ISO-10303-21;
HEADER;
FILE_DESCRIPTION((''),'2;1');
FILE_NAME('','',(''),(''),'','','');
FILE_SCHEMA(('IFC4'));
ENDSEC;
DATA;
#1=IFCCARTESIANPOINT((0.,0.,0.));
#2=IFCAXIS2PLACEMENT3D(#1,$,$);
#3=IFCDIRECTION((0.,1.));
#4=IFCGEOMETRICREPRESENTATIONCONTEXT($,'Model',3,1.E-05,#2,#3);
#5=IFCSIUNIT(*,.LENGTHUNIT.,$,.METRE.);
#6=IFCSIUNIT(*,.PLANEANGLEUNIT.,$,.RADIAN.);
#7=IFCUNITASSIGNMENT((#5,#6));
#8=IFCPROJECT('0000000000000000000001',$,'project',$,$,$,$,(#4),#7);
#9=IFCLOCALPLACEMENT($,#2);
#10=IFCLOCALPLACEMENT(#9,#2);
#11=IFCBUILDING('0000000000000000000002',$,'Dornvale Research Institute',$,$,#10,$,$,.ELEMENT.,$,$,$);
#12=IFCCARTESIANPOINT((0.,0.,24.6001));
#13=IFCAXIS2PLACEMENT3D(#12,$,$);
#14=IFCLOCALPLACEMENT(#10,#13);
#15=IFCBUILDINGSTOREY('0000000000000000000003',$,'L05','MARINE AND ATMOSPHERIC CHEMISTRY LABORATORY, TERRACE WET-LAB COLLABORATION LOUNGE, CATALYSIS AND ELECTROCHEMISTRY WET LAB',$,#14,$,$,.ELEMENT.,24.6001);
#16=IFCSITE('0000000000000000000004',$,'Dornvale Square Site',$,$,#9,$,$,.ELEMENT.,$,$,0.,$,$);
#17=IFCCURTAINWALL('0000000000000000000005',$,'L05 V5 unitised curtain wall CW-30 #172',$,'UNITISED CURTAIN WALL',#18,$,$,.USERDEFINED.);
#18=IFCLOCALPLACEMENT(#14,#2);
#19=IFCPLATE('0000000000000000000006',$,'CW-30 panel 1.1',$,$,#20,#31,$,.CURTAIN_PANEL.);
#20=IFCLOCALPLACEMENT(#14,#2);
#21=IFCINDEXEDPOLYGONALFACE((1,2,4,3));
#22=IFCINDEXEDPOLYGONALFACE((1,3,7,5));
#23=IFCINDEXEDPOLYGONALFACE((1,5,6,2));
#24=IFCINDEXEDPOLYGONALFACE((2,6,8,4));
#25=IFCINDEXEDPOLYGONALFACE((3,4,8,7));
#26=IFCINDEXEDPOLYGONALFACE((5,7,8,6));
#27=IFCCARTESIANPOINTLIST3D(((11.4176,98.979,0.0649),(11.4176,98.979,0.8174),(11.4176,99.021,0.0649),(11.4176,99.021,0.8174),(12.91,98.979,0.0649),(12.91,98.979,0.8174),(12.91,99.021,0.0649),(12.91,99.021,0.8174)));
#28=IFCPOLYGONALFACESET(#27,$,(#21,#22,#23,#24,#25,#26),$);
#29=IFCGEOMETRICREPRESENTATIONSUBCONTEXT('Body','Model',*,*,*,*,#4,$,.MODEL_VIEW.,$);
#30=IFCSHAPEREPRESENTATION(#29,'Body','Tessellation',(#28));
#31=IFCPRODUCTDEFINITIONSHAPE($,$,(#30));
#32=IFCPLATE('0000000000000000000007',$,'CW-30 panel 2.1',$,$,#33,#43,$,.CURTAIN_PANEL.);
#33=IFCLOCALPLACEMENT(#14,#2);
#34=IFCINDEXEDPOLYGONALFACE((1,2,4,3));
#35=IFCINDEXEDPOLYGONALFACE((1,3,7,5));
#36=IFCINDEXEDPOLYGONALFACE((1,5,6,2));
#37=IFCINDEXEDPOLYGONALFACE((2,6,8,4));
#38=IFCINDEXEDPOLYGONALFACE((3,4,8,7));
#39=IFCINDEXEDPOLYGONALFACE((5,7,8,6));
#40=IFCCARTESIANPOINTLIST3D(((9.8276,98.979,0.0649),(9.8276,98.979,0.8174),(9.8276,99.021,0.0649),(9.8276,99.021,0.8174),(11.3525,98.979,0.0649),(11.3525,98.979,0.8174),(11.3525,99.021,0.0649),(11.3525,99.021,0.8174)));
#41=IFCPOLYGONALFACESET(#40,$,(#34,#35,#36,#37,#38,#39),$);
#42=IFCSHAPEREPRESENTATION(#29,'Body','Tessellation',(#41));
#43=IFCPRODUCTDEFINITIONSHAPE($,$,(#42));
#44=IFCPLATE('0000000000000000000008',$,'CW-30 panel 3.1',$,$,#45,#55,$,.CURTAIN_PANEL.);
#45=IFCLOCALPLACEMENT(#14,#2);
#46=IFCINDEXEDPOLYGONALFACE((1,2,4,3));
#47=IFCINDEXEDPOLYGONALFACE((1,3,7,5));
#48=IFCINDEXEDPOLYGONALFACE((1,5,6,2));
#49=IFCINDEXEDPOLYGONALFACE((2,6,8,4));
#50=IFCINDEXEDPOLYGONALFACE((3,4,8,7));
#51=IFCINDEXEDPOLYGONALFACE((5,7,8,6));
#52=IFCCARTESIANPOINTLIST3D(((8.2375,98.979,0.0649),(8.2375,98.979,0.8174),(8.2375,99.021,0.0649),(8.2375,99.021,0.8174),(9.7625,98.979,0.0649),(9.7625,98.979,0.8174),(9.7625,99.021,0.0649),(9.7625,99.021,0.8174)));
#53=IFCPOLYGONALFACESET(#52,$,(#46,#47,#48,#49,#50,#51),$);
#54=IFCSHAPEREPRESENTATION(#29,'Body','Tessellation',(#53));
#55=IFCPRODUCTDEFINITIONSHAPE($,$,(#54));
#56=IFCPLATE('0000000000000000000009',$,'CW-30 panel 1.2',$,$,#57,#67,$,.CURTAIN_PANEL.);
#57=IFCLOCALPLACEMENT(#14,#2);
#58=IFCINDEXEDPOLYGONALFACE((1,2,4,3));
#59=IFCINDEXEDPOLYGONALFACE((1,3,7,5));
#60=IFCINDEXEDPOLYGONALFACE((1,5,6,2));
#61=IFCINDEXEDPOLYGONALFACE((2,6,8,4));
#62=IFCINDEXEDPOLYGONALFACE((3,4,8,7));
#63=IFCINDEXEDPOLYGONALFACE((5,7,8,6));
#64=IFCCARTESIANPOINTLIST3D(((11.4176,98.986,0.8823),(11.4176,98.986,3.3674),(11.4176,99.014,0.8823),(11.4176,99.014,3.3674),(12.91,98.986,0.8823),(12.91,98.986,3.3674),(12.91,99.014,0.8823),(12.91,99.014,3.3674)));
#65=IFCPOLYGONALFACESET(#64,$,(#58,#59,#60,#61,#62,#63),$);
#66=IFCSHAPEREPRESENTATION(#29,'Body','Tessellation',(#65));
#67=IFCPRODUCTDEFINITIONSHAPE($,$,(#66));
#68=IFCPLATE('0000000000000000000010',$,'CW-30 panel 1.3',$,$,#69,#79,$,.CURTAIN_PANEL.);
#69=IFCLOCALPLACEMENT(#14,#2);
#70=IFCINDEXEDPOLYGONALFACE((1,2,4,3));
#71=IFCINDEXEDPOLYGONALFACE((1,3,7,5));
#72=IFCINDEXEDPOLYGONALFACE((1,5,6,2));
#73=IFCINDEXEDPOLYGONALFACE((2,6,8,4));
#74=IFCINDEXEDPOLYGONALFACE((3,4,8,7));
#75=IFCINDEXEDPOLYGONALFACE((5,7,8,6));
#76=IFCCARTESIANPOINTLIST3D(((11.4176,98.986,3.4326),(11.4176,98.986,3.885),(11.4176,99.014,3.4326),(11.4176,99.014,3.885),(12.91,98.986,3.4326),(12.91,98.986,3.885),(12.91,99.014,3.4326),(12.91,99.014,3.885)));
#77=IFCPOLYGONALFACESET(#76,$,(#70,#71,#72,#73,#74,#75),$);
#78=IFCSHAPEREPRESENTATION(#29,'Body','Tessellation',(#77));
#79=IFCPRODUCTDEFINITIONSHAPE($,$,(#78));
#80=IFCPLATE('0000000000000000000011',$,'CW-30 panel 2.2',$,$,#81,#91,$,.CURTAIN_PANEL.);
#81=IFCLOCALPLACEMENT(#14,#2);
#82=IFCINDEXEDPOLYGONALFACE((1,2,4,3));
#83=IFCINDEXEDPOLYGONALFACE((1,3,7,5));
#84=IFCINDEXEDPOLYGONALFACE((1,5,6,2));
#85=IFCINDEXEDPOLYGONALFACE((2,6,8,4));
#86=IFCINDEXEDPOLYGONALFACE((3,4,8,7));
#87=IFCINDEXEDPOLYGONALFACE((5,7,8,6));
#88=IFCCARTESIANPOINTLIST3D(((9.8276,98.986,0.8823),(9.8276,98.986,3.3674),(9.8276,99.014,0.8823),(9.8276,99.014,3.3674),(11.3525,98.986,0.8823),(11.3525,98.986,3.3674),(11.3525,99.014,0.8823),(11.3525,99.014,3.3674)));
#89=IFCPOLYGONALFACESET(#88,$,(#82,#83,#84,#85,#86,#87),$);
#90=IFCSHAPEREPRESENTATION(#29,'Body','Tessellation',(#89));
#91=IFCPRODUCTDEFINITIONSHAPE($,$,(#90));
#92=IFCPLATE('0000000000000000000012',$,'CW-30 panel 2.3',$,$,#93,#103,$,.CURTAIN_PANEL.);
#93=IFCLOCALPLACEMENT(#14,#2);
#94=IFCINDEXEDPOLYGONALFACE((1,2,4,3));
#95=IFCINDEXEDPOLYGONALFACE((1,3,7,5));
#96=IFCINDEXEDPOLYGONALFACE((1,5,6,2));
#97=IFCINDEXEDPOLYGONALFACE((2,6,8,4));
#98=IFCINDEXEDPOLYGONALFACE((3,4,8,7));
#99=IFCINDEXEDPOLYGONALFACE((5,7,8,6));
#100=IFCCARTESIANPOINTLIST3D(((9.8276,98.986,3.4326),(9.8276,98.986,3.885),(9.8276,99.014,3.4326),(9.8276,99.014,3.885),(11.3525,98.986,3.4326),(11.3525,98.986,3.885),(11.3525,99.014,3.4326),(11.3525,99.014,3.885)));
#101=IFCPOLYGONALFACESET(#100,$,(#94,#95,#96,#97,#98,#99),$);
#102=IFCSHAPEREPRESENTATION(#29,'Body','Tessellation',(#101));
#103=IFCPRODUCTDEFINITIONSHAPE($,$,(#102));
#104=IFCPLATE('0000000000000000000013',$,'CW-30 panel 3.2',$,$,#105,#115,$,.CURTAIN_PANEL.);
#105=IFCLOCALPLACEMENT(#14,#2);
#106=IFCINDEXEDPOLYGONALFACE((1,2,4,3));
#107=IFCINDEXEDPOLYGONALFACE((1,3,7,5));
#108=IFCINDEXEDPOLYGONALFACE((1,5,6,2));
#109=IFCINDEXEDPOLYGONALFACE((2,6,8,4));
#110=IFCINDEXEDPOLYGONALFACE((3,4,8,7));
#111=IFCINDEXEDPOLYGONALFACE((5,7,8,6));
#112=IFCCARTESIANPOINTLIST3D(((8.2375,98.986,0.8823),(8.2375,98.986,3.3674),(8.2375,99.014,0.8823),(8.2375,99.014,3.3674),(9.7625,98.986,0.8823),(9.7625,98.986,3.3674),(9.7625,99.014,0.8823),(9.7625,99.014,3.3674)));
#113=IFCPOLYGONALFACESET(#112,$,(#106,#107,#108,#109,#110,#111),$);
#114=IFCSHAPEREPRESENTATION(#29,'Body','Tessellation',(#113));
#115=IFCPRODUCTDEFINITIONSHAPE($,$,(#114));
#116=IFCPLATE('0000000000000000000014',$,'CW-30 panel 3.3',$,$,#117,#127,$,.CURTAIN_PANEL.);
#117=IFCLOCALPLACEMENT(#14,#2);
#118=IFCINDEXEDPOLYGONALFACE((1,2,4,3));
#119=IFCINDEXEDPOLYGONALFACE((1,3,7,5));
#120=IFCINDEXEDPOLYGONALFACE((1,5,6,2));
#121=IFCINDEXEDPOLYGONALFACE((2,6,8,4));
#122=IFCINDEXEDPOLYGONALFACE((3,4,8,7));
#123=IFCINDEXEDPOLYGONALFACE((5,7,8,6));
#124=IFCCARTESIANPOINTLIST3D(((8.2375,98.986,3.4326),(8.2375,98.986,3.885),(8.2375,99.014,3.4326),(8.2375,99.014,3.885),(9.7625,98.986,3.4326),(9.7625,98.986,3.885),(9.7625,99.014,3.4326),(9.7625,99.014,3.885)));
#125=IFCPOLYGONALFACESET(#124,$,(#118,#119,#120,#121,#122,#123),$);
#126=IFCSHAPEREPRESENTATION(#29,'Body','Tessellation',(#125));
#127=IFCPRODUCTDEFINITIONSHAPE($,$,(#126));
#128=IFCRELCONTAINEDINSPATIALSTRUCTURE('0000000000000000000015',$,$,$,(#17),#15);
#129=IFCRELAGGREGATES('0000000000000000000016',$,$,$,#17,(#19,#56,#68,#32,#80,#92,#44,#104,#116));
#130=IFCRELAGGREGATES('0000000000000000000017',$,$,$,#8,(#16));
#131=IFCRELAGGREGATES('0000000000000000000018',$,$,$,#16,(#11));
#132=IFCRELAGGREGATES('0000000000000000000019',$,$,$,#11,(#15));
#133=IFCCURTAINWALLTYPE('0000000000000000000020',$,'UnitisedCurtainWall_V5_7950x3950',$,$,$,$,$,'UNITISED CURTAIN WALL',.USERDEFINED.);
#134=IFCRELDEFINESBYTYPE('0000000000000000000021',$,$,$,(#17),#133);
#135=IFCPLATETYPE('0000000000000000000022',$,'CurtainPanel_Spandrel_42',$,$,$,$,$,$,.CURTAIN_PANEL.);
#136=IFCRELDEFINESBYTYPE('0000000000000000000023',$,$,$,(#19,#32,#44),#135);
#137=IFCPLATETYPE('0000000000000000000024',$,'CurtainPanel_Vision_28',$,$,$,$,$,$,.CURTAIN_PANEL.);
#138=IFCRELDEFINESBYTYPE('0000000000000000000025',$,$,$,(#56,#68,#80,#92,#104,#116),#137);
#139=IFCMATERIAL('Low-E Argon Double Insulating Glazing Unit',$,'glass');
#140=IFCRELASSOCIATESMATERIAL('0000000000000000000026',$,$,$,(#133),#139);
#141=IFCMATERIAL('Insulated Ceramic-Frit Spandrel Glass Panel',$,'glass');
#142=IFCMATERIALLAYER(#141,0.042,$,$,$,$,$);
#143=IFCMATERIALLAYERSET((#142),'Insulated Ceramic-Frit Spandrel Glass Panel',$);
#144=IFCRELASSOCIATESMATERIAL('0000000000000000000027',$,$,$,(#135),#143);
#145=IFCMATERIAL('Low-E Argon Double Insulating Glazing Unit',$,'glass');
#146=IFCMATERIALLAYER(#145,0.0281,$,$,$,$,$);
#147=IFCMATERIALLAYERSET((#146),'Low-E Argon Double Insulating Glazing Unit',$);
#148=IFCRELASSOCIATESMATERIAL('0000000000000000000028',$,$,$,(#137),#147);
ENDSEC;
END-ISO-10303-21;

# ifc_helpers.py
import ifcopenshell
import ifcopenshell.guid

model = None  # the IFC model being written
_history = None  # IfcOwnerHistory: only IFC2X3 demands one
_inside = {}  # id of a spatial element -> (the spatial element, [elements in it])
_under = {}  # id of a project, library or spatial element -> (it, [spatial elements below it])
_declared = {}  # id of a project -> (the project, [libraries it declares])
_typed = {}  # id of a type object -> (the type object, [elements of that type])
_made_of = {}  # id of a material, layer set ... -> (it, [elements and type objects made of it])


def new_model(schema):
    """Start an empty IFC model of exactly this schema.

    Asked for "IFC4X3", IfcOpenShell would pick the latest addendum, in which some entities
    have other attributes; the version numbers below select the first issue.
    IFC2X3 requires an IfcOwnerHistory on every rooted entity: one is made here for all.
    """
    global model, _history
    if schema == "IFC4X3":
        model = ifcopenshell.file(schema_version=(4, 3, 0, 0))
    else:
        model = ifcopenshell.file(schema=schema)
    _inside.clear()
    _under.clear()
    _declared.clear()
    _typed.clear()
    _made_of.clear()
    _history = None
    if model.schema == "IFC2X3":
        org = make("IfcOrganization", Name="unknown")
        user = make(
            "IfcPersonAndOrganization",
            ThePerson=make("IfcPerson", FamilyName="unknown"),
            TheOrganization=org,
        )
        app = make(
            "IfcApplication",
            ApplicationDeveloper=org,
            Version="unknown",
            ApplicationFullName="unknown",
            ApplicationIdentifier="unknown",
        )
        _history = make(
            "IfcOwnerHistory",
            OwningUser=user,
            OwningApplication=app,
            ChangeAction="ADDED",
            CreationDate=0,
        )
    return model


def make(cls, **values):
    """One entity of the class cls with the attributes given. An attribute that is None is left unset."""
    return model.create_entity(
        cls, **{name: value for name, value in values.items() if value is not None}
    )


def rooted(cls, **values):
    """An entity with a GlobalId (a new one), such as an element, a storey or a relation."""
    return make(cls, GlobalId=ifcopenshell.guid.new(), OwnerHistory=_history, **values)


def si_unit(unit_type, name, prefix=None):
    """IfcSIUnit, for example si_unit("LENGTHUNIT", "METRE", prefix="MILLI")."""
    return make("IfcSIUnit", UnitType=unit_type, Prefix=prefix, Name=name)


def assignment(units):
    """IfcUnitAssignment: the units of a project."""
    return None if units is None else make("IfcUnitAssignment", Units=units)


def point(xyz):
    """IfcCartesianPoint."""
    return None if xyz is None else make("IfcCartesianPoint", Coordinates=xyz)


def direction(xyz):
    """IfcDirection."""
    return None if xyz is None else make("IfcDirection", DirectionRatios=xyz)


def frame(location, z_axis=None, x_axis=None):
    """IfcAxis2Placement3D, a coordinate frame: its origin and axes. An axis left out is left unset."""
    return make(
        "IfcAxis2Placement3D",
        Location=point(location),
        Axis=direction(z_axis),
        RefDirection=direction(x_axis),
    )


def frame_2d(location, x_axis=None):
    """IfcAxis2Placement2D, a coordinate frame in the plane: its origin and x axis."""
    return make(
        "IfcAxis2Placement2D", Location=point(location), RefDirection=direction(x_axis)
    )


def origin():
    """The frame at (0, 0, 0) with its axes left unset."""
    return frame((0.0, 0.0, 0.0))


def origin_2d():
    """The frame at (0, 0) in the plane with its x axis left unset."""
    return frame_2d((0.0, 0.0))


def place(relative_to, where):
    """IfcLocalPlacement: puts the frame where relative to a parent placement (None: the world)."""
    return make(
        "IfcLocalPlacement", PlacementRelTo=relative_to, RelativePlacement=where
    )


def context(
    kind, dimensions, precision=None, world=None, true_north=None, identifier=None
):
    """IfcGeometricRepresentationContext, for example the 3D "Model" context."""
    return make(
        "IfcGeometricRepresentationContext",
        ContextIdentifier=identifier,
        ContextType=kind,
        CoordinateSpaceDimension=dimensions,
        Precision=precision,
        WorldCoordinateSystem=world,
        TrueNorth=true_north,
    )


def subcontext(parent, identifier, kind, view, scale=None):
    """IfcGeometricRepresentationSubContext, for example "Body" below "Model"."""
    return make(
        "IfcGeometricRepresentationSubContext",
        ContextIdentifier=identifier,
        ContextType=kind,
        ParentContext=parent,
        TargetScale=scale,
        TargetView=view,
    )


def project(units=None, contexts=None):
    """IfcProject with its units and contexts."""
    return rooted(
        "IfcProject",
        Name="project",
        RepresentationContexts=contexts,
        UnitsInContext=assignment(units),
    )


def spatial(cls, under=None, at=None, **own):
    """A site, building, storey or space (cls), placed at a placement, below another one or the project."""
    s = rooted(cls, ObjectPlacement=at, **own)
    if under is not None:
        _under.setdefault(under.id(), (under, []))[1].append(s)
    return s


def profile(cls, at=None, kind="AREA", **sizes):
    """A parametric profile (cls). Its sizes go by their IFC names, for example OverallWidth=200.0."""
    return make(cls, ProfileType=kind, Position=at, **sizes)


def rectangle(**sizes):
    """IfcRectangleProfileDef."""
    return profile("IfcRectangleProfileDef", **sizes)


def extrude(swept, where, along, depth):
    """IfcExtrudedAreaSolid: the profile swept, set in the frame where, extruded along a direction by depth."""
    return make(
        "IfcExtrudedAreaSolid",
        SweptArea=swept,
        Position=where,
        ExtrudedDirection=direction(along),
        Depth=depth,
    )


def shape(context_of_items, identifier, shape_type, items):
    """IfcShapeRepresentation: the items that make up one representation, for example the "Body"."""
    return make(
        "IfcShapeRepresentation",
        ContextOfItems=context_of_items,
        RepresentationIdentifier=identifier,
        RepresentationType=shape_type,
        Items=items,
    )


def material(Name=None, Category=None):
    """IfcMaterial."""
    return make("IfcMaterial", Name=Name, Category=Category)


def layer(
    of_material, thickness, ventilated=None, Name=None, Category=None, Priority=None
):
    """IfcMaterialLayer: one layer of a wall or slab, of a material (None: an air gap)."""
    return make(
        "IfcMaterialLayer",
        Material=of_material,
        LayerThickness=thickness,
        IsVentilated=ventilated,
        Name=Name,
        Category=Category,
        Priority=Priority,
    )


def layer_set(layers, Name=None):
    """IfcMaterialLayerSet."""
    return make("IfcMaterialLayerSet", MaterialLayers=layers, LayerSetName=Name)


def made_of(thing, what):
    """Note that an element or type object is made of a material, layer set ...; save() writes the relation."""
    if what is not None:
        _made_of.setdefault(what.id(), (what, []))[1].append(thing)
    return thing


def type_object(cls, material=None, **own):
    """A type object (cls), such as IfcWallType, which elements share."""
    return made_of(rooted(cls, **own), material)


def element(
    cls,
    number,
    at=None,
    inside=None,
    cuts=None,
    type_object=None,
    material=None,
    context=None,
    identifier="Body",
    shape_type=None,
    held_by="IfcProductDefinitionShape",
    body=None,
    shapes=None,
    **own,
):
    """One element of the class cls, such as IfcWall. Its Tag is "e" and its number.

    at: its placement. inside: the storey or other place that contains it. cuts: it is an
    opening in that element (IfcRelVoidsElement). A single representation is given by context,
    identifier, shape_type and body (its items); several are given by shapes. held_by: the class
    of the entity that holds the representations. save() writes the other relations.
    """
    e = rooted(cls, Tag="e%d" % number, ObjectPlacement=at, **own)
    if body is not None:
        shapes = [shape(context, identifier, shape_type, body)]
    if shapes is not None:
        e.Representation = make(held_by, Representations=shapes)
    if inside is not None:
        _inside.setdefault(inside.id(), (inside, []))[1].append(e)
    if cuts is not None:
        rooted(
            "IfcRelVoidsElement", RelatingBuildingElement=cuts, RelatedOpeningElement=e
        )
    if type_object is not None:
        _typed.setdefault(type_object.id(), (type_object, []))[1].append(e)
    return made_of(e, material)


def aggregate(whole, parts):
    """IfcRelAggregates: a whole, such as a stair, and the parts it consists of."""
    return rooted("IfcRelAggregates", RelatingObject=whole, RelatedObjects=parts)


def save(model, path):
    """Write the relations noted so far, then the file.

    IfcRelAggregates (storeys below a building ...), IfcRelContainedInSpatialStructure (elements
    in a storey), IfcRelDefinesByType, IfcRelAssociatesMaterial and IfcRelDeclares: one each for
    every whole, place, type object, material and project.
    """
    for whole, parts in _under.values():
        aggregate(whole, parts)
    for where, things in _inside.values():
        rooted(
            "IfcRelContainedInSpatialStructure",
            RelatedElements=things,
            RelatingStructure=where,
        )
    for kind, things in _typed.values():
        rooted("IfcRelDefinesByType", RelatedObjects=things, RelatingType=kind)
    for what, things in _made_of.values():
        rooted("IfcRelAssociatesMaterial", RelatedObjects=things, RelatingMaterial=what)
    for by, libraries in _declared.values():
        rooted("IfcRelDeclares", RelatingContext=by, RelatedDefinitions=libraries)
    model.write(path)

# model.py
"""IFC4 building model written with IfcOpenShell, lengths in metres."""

from ifc_helpers import new_model, si_unit, direction, frame, origin, origin_2d, place, context, subcontext, project, spatial, rectangle, extrude, material, layer, layer_set, type_object, element, aggregate, save


model = new_model("IFC4")

# Units and contexts
model_context = context("Model", 3, precision=1e-05, world=origin(), true_north=direction((0.0, 1.0)))
body_context = subcontext(model_context, "Body", "Model", "MODEL_VIEW")
ifc_project = project(units=[si_unit("LENGTHUNIT", "METRE"), si_unit("PLANEANGLEUNIT", "RADIAN")], contexts=[model_context])

# Site, building, storey
site_placement = place(None, origin())
site = spatial("IfcSite", under=ifc_project, at=site_placement, Name="Dornvale Square Site", CompositionType="ELEMENT", RefElevation=0.0)
building_placement = place(site_placement, origin())
building = spatial("IfcBuilding", under=site, at=building_placement, Name="Dornvale Research Institute", CompositionType="ELEMENT")
storey_placement = place(building_placement, frame((0.0, 0.0, 24.6001)))
storey = spatial("IfcBuildingStorey", under=building, at=storey_placement, Name="L05", Description="MARINE AND ATMOSPHERIC CHEMISTRY LABORATORY, TERRACE WET-LAB COLLABORATION LOUNGE, CATALYSIS AND ELECTROCHEMISTRY WET LAB", CompositionType="ELEMENT", Elevation=24.6001)

# Curtain wall, plates
ifc_material_1 = material(Name="Low-E Argon Double Insulating Glazing Unit", Category="glass")
curtain_wall_type = type_object("IfcCurtainWallType", Name="UnitisedCurtainWall_V5_7950x3950", ElementType="UNITISED CURTAIN WALL", PredefinedType="USERDEFINED", material=ifc_material_1)
curtain_wall_placement = place(storey_placement, origin())
curtain_wall = element("IfcCurtainWall", 1, at=curtain_wall_placement, inside=storey, type_object=curtain_wall_type, Name="L05 V5 unitised curtain wall CW-30 #172", ObjectType="UNITISED CURTAIN WALL", PredefinedType="USERDEFINED")
ifc_material_2 = material(Name="Insulated Ceramic-Frit Spandrel Glass Panel", Category="glass")
ifc_layer_1 = layer(ifc_material_2, 0.042)
ifc_layer_set_1 = layer_set([ifc_layer_1], Name="Insulated Ceramic-Frit Spandrel Glass Panel")
plate_type_1 = type_object("IfcPlateType", Name="CurtainPanel_Spandrel_42", PredefinedType="CURTAIN_PANEL", material=ifc_layer_set_1)
plate_1_placement = place(storey_placement, frame((12.1638, 99.0, 0.0649), z_axis=(0.0, 0.0, 1.0), x_axis=(-1.0, 0.0, 0.0)))
plate_1 = element("IfcPlate", 2, at=plate_1_placement, type_object=plate_type_1, Name="CW-30 panel 1.1", PredefinedType="CURTAIN_PANEL", context=body_context, shape_type="SweptSolid", body=[
    extrude(rectangle(XDim=1.4924, YDim=0.042, at=origin_2d()), origin(), (0.0, 0.0, 1.0), 0.7524),
])
plate_2_placement = place(storey_placement, frame((10.5901, 99.0, 0.0649), z_axis=(0.0, 0.0, 1.0), x_axis=(-1.0, 0.0, 0.0)))
plate_2 = element("IfcPlate", 3, at=plate_2_placement, type_object=plate_type_1, Name="CW-30 panel 2.1", PredefinedType="CURTAIN_PANEL", context=body_context, shape_type="SweptSolid", body=[
    extrude(rectangle(XDim=1.5249, YDim=0.042, at=origin_2d()), origin(), (0.0, 0.0, 1.0), 0.7524),
])
plate_3_placement = place(storey_placement, frame((9.0, 99.0, 0.0649), z_axis=(0.0, 0.0, 1.0), x_axis=(-1.0, 0.0, 0.0)))
plate_3 = element("IfcPlate", 4, at=plate_3_placement, type_object=plate_type_1, Name="CW-30 panel 3.1", PredefinedType="CURTAIN_PANEL", context=body_context, shape_type="SweptSolid", body=[
    extrude(rectangle(XDim=1.5249, YDim=0.042, at=origin_2d()), origin(), (0.0, 0.0, 1.0), 0.7524),
])
ifc_material_3 = material(Name="Low-E Argon Double Insulating Glazing Unit", Category="glass")
ifc_layer_2 = layer(ifc_material_3, 0.0281)
ifc_layer_set_2 = layer_set([ifc_layer_2], Name="Low-E Argon Double Insulating Glazing Unit")
plate_type_2 = type_object("IfcPlateType", Name="CurtainPanel_Vision_28", PredefinedType="CURTAIN_PANEL", material=ifc_layer_set_2)
plate_4_placement = place(storey_placement, frame((12.1638, 99.0, 0.8823), z_axis=(0.0, 0.0, 1.0), x_axis=(-1.0, 0.0, 0.0)))
plate_4 = element("IfcPlate", 5, at=plate_4_placement, type_object=plate_type_2, Name="CW-30 panel 1.2", PredefinedType="CURTAIN_PANEL", context=body_context, shape_type="SweptSolid", body=[
    extrude(rectangle(XDim=1.4924, YDim=0.0281, at=origin_2d()), origin(), (0.0, 0.0, 1.0), 2.4851),
])
plate_5_placement = place(storey_placement, frame((12.1638, 99.0, 3.4326), z_axis=(0.0, 0.0, 1.0), x_axis=(-1.0, 0.0, 0.0)))
plate_5 = element("IfcPlate", 6, at=plate_5_placement, type_object=plate_type_2, Name="CW-30 panel 1.3", PredefinedType="CURTAIN_PANEL", context=body_context, shape_type="SweptSolid", body=[
    extrude(rectangle(XDim=1.4924, YDim=0.0281, at=origin_2d()), origin(), (0.0, 0.0, 1.0), 0.4524),
])
plate_6_placement = place(storey_placement, frame((10.5901, 99.0, 0.8823), z_axis=(0.0, 0.0, 1.0), x_axis=(-1.0, 0.0, 0.0)))
plate_6 = element("IfcPlate", 7, at=plate_6_placement, type_object=plate_type_2, Name="CW-30 panel 2.2", PredefinedType="CURTAIN_PANEL", context=body_context, shape_type="SweptSolid", body=[
    extrude(rectangle(XDim=1.5249, YDim=0.0281, at=origin_2d()), origin(), (0.0, 0.0, 1.0), 2.4851),
])
plate_7_placement = place(storey_placement, frame((10.5901, 99.0, 3.4326), z_axis=(0.0, 0.0, 1.0), x_axis=(-1.0, 0.0, 0.0)))
plate_7 = element("IfcPlate", 8, at=plate_7_placement, type_object=plate_type_2, Name="CW-30 panel 2.3", PredefinedType="CURTAIN_PANEL", context=body_context, shape_type="SweptSolid", body=[
    extrude(rectangle(XDim=1.5249, YDim=0.0281, at=origin_2d()), origin(), (0.0, 0.0, 1.0), 0.4524),
])
plate_8_placement = place(storey_placement, frame((9.0, 99.0, 0.8823), z_axis=(0.0, 0.0, 1.0), x_axis=(-1.0, 0.0, 0.0)))
plate_8 = element("IfcPlate", 9, at=plate_8_placement, type_object=plate_type_2, Name="CW-30 panel 3.2", PredefinedType="CURTAIN_PANEL", context=body_context, shape_type="SweptSolid", body=[
    extrude(rectangle(XDim=1.5249, YDim=0.0281, at=origin_2d()), origin(), (0.0, 0.0, 1.0), 2.4851),
])
plate_9_placement = place(storey_placement, frame((9.0, 99.0, 3.4326), z_axis=(0.0, 0.0, 1.0), x_axis=(-1.0, 0.0, 0.0)))
plate_9 = element("IfcPlate", 10, at=plate_9_placement, type_object=plate_type_2, Name="CW-30 panel 3.3", PredefinedType="CURTAIN_PANEL", context=body_context, shape_type="SweptSolid", body=[
    extrude(rectangle(XDim=1.5249, YDim=0.0281, at=origin_2d()), origin(), (0.0, 0.0, 1.0), 0.4524),
])
aggregate(curtain_wall, [plate_1, plate_4, plate_5, plate_2, plate_6, plate_7, plate_3, plate_8, plate_9])

save(model, "model.ifc")
